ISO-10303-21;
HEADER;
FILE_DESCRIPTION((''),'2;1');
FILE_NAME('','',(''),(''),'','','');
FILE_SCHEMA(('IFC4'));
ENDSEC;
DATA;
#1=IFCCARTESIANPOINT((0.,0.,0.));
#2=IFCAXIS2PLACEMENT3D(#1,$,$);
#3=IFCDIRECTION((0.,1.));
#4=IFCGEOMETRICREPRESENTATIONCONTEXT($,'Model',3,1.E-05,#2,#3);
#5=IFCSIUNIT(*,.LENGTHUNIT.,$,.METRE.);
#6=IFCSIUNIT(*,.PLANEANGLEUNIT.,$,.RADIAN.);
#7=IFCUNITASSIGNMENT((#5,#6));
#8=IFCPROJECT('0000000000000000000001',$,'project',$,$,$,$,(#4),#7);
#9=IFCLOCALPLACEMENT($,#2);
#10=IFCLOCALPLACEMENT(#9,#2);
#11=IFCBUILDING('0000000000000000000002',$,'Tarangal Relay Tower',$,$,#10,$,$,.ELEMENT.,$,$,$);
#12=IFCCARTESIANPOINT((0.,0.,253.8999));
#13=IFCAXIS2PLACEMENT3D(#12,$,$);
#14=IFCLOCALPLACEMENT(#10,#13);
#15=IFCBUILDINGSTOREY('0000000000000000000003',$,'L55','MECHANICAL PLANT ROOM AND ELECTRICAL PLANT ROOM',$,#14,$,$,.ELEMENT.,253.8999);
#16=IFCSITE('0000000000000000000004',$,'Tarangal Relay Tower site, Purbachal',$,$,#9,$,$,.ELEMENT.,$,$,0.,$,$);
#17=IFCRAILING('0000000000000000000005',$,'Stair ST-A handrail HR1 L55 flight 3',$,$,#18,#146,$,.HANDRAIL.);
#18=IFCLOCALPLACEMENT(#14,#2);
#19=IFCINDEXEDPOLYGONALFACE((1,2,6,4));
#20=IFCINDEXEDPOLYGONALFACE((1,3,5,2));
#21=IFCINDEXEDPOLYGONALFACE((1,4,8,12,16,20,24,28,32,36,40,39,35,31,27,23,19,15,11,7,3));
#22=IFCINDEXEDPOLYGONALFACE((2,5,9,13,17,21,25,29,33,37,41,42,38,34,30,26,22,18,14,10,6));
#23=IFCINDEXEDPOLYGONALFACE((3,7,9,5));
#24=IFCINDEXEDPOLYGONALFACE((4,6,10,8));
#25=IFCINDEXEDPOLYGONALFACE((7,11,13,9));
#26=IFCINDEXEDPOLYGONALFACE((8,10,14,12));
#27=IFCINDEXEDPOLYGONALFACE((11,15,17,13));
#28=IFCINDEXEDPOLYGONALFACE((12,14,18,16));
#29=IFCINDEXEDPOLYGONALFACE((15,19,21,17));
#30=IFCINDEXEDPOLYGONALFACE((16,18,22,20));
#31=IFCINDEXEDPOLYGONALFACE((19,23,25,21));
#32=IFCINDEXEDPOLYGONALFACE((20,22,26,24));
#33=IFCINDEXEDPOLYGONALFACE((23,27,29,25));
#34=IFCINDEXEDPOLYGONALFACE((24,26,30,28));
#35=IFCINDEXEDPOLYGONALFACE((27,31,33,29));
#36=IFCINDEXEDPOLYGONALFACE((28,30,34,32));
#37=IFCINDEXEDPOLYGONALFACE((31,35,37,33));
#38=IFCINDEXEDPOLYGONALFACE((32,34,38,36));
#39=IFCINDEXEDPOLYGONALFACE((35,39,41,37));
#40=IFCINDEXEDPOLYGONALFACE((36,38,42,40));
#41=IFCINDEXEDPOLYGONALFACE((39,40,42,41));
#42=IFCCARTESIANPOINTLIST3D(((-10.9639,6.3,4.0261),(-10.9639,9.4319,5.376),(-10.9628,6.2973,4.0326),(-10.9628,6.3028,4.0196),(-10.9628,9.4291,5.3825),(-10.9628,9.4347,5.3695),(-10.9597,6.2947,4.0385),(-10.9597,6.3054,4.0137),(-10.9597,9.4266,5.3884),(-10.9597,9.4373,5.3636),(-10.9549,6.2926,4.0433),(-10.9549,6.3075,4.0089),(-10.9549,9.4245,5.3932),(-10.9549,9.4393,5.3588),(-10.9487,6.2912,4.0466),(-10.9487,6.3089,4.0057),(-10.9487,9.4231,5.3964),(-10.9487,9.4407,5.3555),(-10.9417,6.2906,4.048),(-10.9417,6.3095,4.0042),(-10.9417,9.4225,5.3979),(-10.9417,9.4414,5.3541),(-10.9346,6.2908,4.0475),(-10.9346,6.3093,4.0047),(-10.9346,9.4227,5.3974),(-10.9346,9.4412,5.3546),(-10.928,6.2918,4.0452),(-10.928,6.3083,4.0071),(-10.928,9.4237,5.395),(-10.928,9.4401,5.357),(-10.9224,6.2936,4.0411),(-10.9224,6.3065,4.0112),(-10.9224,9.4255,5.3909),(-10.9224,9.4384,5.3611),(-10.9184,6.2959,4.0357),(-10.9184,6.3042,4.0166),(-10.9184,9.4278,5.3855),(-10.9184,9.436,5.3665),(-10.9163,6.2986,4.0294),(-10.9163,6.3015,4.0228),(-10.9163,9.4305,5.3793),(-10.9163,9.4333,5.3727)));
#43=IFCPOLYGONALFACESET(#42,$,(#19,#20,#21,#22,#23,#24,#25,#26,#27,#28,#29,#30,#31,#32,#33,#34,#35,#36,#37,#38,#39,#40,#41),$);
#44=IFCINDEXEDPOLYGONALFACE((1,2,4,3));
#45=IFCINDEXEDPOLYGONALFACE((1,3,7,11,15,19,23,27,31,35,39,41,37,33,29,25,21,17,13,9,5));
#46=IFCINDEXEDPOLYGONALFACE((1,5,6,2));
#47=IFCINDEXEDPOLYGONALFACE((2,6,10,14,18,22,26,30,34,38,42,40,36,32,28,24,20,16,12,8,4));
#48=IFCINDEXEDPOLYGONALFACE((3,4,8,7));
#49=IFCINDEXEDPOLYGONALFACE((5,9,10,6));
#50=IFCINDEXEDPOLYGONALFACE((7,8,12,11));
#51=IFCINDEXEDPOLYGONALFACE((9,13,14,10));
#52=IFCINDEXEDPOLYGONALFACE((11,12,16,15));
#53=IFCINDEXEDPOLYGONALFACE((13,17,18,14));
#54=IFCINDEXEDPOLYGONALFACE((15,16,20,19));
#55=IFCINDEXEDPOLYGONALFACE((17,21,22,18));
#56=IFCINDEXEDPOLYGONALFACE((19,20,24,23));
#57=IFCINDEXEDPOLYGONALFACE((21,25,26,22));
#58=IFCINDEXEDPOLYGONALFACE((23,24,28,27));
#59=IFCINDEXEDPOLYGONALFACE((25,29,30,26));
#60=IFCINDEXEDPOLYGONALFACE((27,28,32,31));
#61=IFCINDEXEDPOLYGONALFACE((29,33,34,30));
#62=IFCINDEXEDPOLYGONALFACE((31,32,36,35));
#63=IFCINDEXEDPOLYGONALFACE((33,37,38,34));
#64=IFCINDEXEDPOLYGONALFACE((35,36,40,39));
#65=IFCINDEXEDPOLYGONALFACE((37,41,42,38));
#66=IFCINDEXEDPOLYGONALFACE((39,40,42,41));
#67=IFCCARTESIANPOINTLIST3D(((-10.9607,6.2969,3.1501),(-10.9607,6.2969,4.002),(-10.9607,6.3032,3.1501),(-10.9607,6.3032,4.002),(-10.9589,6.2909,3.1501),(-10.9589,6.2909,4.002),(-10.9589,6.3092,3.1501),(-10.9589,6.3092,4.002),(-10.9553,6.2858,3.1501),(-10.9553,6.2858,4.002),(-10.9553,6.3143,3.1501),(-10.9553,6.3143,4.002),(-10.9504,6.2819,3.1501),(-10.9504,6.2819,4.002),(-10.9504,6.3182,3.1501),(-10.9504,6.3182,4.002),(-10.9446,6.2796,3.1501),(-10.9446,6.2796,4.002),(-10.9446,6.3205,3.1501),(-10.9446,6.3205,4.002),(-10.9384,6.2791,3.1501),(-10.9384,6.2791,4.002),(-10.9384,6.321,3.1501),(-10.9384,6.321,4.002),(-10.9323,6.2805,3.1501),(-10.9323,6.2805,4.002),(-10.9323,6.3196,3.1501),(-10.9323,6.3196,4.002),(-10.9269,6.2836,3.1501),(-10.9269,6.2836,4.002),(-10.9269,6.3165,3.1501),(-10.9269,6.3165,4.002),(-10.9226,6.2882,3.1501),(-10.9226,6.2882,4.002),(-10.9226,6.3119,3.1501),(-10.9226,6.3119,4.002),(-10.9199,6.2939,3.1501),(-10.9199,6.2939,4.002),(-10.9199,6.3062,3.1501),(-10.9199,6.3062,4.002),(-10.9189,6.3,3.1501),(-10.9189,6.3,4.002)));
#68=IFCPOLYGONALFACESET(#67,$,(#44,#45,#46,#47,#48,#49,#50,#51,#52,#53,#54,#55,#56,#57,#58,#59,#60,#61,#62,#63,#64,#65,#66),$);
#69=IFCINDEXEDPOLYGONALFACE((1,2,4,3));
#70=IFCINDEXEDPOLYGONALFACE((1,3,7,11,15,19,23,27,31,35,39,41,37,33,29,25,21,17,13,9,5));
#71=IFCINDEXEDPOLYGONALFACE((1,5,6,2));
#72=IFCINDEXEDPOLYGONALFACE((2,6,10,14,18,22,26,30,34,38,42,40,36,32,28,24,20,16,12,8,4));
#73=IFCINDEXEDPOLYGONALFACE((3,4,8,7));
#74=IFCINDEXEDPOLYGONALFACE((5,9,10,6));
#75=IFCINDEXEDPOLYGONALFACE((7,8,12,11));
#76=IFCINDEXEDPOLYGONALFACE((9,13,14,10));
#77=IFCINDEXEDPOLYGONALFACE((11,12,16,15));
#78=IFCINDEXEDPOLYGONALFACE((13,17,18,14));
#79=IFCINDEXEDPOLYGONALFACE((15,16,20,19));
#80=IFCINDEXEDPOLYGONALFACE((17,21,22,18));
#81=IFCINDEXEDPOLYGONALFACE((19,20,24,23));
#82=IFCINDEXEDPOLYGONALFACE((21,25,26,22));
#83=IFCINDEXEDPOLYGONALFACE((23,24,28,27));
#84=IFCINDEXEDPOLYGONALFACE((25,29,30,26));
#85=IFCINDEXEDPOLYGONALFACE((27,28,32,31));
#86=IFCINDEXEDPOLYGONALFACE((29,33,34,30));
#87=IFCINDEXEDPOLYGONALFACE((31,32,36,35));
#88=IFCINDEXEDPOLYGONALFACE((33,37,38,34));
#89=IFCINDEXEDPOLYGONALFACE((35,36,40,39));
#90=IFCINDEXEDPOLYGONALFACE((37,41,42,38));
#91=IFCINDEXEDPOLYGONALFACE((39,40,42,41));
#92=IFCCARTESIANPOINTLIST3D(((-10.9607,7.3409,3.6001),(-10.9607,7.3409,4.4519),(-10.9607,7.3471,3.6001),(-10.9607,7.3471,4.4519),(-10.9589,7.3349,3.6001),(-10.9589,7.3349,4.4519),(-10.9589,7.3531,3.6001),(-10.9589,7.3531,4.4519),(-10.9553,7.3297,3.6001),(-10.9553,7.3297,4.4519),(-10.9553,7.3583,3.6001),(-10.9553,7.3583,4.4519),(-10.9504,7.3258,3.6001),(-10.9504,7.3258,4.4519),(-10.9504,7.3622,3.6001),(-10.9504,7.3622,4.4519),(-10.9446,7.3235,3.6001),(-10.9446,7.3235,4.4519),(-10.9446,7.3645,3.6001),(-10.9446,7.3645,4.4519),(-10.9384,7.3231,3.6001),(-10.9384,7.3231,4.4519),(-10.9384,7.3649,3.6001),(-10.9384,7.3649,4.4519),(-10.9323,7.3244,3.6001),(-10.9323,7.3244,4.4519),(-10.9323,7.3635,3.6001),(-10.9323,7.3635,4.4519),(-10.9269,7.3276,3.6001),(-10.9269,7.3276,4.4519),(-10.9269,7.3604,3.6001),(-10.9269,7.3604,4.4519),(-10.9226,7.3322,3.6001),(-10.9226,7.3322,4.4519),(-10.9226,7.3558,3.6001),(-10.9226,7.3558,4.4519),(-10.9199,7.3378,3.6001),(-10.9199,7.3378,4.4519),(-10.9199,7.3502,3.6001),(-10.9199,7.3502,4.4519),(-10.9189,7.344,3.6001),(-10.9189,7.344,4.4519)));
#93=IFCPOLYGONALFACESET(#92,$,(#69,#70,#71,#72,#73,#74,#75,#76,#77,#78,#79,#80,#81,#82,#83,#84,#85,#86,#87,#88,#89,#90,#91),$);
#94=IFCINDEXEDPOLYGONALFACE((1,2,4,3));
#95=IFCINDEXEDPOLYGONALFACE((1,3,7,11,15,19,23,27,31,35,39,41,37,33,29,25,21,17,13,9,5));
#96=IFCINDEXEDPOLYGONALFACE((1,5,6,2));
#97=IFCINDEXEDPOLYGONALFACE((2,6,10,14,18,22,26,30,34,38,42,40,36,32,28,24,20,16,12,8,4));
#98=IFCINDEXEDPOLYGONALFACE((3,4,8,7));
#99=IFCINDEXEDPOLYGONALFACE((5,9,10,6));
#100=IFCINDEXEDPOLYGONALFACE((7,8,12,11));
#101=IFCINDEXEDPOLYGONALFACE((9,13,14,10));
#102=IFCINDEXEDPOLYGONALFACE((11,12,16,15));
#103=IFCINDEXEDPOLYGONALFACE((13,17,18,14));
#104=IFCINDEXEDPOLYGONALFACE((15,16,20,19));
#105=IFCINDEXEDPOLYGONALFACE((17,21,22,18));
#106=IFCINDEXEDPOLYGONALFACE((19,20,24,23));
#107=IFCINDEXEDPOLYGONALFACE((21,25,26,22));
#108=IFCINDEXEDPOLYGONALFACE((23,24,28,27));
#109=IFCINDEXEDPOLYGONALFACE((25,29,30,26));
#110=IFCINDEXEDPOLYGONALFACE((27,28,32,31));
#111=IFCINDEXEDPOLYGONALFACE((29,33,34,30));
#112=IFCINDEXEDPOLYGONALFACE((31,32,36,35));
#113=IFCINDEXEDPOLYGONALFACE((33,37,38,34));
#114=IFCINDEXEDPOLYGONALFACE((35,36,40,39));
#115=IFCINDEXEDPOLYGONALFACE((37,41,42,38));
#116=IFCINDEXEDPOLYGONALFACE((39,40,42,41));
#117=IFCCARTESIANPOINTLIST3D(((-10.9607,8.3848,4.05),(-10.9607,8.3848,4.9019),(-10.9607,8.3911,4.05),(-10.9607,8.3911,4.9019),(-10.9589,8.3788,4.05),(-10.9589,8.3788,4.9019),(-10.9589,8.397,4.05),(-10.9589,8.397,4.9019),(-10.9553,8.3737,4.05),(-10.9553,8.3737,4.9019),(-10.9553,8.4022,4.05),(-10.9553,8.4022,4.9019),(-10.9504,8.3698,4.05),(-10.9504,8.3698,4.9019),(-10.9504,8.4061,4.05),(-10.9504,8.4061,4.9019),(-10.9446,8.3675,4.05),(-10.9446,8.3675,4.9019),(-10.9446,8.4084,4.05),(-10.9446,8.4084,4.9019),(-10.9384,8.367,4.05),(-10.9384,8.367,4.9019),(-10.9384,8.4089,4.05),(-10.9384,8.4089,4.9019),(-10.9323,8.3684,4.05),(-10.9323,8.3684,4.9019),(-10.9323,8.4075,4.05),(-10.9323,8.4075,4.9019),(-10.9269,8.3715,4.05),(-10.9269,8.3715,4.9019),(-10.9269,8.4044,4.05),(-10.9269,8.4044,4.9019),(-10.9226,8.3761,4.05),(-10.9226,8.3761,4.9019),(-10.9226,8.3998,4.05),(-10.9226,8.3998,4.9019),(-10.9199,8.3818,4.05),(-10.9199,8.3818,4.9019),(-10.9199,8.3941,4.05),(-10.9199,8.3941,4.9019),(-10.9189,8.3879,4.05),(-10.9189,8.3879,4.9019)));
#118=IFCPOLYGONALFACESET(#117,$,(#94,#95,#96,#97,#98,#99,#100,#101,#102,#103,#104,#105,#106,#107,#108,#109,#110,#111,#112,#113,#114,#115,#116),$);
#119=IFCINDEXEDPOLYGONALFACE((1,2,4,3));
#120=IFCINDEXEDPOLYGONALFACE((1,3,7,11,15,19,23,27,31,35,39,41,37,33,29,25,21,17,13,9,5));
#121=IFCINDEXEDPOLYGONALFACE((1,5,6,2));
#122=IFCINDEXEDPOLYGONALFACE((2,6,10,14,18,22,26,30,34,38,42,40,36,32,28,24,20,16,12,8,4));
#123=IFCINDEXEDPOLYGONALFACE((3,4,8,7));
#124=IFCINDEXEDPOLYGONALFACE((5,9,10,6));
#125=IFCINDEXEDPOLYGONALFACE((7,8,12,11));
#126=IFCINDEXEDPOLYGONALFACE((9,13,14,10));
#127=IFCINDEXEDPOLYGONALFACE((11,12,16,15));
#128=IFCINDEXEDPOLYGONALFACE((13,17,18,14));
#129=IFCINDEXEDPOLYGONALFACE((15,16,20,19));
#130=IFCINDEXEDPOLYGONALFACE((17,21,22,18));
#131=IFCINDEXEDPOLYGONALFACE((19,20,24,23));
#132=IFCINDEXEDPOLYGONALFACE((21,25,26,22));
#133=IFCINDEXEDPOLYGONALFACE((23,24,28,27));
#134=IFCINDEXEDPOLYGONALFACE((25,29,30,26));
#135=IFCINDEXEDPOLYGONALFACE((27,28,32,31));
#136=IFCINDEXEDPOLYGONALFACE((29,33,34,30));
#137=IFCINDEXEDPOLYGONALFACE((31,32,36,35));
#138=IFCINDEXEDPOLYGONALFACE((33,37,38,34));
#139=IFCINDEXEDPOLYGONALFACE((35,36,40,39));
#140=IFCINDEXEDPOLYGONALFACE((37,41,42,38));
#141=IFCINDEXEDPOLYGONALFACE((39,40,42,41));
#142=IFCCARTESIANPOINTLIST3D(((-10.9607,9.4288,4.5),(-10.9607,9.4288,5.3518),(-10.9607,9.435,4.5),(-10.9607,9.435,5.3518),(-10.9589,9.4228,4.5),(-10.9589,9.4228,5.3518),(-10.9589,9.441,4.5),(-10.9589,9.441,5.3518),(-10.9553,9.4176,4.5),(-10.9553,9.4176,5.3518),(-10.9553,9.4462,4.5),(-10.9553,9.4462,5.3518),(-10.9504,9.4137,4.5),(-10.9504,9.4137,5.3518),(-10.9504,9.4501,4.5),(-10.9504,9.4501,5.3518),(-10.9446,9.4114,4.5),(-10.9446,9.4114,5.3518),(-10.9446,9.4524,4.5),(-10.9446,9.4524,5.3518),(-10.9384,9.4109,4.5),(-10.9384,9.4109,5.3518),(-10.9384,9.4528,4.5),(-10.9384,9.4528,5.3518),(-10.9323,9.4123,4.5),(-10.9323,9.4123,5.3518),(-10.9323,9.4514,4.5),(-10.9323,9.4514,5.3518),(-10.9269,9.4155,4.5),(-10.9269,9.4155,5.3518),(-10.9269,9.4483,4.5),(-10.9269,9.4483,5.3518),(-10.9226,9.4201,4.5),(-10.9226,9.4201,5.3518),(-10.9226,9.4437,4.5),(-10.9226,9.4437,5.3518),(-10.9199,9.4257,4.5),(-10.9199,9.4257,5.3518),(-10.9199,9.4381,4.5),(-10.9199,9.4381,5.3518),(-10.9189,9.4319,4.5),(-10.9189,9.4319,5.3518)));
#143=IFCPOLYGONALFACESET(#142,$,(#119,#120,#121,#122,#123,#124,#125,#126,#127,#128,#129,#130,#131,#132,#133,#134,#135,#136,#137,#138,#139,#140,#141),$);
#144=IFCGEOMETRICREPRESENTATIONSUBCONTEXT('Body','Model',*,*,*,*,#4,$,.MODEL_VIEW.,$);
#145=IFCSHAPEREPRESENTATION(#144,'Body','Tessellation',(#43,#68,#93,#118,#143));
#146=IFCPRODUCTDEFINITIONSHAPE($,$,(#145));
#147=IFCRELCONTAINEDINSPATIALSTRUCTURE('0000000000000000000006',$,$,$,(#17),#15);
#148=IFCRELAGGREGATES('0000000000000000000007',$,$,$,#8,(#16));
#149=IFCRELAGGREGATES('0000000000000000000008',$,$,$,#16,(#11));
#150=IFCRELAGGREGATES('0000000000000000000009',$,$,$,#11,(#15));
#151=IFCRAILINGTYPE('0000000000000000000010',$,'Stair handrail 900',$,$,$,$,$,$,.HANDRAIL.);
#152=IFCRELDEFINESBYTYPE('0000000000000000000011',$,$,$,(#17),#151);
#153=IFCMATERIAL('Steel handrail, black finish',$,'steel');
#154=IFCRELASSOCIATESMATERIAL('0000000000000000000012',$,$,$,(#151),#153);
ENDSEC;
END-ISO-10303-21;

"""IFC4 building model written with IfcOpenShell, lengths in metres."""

from ifc_helpers import new_model, si_unit, direction, frame, origin, origin_2d, place, context, subcontext, project, spatial, circle, extrude, material, type_object, element, save


model = new_model("IFC4")

# Units and contexts
model_context = context("Model", 3, precision=1e-05, world=origin(), true_north=direction((0.0, 1.0)))
body_context = subcontext(model_context, "Body", "Model", "MODEL_VIEW")
ifc_project = project(units=[si_unit("LENGTHUNIT", "METRE"), si_unit("PLANEANGLEUNIT", "RADIAN")], contexts=[model_context])

# Site, building, storey
site_placement = place(None, origin())
site = spatial("IfcSite", under=ifc_project, at=site_placement, Name="Tarangal Relay Tower site, Purbachal", CompositionType="ELEMENT", RefElevation=0.0)
building_placement = place(site_placement, origin())
building = spatial("IfcBuilding", under=site, at=building_placement, Name="Tarangal Relay Tower", CompositionType="ELEMENT")
storey_placement = place(building_placement, frame((0.0, 0.0, 253.8999)))
storey = spatial("IfcBuildingStorey", under=building, at=storey_placement, Name="L55", Description="MECHANICAL PLANT ROOM AND ELECTRICAL PLANT ROOM", CompositionType="ELEMENT", Elevation=253.8999)

# Railing
ifc_material_1 = material(Name="Steel handrail, black finish", Category="steel")
railing_type_1 = type_object("IfcRailingType", Name="Stair handrail 900", PredefinedType="HANDRAIL", material=ifc_material_1)
for number, where, name in (
    (1, (-10.9399, 6.3, 3.1501), "Stair ST-A handrail HR1 L55 flight 3"),
):
    element("IfcRailing", number, at=place(storey_placement, frame(where)), inside=storey, type_object=railing_type_1, Name=name, PredefinedType="HANDRAIL", context=body_context, shape_type="SweptSolid", body=[
        extrude(circle(Radius=0.0239, at=origin_2d()), frame((0.0, 0.0, 0.876), z_axis=(0.0, 0.918332, 0.395811), x_axis=(-1.0, 0.0, 0.0)), (0.0, 0.0, 1.0), 3.4104),
        extrude(circle(Radius=0.021, at=origin_2d()), origin(), (0.0, 0.0, 1.0), 0.8518),
        extrude(circle(Radius=0.021, at=origin_2d()), frame((0.0, 1.0439, 0.45)), (0.0, 0.0, 1.0), 0.8518),
        extrude(circle(Radius=0.021, at=origin_2d()), frame((0.0, 2.0879, 0.8999)), (0.0, 0.0, 1.0), 0.8518),
        extrude(circle(Radius=0.021, at=origin_2d()), frame((0.0, 3.1318, 1.3499)), (0.0, 0.0, 1.0), 0.8518),
    ])

save(model, "model.ifc")
